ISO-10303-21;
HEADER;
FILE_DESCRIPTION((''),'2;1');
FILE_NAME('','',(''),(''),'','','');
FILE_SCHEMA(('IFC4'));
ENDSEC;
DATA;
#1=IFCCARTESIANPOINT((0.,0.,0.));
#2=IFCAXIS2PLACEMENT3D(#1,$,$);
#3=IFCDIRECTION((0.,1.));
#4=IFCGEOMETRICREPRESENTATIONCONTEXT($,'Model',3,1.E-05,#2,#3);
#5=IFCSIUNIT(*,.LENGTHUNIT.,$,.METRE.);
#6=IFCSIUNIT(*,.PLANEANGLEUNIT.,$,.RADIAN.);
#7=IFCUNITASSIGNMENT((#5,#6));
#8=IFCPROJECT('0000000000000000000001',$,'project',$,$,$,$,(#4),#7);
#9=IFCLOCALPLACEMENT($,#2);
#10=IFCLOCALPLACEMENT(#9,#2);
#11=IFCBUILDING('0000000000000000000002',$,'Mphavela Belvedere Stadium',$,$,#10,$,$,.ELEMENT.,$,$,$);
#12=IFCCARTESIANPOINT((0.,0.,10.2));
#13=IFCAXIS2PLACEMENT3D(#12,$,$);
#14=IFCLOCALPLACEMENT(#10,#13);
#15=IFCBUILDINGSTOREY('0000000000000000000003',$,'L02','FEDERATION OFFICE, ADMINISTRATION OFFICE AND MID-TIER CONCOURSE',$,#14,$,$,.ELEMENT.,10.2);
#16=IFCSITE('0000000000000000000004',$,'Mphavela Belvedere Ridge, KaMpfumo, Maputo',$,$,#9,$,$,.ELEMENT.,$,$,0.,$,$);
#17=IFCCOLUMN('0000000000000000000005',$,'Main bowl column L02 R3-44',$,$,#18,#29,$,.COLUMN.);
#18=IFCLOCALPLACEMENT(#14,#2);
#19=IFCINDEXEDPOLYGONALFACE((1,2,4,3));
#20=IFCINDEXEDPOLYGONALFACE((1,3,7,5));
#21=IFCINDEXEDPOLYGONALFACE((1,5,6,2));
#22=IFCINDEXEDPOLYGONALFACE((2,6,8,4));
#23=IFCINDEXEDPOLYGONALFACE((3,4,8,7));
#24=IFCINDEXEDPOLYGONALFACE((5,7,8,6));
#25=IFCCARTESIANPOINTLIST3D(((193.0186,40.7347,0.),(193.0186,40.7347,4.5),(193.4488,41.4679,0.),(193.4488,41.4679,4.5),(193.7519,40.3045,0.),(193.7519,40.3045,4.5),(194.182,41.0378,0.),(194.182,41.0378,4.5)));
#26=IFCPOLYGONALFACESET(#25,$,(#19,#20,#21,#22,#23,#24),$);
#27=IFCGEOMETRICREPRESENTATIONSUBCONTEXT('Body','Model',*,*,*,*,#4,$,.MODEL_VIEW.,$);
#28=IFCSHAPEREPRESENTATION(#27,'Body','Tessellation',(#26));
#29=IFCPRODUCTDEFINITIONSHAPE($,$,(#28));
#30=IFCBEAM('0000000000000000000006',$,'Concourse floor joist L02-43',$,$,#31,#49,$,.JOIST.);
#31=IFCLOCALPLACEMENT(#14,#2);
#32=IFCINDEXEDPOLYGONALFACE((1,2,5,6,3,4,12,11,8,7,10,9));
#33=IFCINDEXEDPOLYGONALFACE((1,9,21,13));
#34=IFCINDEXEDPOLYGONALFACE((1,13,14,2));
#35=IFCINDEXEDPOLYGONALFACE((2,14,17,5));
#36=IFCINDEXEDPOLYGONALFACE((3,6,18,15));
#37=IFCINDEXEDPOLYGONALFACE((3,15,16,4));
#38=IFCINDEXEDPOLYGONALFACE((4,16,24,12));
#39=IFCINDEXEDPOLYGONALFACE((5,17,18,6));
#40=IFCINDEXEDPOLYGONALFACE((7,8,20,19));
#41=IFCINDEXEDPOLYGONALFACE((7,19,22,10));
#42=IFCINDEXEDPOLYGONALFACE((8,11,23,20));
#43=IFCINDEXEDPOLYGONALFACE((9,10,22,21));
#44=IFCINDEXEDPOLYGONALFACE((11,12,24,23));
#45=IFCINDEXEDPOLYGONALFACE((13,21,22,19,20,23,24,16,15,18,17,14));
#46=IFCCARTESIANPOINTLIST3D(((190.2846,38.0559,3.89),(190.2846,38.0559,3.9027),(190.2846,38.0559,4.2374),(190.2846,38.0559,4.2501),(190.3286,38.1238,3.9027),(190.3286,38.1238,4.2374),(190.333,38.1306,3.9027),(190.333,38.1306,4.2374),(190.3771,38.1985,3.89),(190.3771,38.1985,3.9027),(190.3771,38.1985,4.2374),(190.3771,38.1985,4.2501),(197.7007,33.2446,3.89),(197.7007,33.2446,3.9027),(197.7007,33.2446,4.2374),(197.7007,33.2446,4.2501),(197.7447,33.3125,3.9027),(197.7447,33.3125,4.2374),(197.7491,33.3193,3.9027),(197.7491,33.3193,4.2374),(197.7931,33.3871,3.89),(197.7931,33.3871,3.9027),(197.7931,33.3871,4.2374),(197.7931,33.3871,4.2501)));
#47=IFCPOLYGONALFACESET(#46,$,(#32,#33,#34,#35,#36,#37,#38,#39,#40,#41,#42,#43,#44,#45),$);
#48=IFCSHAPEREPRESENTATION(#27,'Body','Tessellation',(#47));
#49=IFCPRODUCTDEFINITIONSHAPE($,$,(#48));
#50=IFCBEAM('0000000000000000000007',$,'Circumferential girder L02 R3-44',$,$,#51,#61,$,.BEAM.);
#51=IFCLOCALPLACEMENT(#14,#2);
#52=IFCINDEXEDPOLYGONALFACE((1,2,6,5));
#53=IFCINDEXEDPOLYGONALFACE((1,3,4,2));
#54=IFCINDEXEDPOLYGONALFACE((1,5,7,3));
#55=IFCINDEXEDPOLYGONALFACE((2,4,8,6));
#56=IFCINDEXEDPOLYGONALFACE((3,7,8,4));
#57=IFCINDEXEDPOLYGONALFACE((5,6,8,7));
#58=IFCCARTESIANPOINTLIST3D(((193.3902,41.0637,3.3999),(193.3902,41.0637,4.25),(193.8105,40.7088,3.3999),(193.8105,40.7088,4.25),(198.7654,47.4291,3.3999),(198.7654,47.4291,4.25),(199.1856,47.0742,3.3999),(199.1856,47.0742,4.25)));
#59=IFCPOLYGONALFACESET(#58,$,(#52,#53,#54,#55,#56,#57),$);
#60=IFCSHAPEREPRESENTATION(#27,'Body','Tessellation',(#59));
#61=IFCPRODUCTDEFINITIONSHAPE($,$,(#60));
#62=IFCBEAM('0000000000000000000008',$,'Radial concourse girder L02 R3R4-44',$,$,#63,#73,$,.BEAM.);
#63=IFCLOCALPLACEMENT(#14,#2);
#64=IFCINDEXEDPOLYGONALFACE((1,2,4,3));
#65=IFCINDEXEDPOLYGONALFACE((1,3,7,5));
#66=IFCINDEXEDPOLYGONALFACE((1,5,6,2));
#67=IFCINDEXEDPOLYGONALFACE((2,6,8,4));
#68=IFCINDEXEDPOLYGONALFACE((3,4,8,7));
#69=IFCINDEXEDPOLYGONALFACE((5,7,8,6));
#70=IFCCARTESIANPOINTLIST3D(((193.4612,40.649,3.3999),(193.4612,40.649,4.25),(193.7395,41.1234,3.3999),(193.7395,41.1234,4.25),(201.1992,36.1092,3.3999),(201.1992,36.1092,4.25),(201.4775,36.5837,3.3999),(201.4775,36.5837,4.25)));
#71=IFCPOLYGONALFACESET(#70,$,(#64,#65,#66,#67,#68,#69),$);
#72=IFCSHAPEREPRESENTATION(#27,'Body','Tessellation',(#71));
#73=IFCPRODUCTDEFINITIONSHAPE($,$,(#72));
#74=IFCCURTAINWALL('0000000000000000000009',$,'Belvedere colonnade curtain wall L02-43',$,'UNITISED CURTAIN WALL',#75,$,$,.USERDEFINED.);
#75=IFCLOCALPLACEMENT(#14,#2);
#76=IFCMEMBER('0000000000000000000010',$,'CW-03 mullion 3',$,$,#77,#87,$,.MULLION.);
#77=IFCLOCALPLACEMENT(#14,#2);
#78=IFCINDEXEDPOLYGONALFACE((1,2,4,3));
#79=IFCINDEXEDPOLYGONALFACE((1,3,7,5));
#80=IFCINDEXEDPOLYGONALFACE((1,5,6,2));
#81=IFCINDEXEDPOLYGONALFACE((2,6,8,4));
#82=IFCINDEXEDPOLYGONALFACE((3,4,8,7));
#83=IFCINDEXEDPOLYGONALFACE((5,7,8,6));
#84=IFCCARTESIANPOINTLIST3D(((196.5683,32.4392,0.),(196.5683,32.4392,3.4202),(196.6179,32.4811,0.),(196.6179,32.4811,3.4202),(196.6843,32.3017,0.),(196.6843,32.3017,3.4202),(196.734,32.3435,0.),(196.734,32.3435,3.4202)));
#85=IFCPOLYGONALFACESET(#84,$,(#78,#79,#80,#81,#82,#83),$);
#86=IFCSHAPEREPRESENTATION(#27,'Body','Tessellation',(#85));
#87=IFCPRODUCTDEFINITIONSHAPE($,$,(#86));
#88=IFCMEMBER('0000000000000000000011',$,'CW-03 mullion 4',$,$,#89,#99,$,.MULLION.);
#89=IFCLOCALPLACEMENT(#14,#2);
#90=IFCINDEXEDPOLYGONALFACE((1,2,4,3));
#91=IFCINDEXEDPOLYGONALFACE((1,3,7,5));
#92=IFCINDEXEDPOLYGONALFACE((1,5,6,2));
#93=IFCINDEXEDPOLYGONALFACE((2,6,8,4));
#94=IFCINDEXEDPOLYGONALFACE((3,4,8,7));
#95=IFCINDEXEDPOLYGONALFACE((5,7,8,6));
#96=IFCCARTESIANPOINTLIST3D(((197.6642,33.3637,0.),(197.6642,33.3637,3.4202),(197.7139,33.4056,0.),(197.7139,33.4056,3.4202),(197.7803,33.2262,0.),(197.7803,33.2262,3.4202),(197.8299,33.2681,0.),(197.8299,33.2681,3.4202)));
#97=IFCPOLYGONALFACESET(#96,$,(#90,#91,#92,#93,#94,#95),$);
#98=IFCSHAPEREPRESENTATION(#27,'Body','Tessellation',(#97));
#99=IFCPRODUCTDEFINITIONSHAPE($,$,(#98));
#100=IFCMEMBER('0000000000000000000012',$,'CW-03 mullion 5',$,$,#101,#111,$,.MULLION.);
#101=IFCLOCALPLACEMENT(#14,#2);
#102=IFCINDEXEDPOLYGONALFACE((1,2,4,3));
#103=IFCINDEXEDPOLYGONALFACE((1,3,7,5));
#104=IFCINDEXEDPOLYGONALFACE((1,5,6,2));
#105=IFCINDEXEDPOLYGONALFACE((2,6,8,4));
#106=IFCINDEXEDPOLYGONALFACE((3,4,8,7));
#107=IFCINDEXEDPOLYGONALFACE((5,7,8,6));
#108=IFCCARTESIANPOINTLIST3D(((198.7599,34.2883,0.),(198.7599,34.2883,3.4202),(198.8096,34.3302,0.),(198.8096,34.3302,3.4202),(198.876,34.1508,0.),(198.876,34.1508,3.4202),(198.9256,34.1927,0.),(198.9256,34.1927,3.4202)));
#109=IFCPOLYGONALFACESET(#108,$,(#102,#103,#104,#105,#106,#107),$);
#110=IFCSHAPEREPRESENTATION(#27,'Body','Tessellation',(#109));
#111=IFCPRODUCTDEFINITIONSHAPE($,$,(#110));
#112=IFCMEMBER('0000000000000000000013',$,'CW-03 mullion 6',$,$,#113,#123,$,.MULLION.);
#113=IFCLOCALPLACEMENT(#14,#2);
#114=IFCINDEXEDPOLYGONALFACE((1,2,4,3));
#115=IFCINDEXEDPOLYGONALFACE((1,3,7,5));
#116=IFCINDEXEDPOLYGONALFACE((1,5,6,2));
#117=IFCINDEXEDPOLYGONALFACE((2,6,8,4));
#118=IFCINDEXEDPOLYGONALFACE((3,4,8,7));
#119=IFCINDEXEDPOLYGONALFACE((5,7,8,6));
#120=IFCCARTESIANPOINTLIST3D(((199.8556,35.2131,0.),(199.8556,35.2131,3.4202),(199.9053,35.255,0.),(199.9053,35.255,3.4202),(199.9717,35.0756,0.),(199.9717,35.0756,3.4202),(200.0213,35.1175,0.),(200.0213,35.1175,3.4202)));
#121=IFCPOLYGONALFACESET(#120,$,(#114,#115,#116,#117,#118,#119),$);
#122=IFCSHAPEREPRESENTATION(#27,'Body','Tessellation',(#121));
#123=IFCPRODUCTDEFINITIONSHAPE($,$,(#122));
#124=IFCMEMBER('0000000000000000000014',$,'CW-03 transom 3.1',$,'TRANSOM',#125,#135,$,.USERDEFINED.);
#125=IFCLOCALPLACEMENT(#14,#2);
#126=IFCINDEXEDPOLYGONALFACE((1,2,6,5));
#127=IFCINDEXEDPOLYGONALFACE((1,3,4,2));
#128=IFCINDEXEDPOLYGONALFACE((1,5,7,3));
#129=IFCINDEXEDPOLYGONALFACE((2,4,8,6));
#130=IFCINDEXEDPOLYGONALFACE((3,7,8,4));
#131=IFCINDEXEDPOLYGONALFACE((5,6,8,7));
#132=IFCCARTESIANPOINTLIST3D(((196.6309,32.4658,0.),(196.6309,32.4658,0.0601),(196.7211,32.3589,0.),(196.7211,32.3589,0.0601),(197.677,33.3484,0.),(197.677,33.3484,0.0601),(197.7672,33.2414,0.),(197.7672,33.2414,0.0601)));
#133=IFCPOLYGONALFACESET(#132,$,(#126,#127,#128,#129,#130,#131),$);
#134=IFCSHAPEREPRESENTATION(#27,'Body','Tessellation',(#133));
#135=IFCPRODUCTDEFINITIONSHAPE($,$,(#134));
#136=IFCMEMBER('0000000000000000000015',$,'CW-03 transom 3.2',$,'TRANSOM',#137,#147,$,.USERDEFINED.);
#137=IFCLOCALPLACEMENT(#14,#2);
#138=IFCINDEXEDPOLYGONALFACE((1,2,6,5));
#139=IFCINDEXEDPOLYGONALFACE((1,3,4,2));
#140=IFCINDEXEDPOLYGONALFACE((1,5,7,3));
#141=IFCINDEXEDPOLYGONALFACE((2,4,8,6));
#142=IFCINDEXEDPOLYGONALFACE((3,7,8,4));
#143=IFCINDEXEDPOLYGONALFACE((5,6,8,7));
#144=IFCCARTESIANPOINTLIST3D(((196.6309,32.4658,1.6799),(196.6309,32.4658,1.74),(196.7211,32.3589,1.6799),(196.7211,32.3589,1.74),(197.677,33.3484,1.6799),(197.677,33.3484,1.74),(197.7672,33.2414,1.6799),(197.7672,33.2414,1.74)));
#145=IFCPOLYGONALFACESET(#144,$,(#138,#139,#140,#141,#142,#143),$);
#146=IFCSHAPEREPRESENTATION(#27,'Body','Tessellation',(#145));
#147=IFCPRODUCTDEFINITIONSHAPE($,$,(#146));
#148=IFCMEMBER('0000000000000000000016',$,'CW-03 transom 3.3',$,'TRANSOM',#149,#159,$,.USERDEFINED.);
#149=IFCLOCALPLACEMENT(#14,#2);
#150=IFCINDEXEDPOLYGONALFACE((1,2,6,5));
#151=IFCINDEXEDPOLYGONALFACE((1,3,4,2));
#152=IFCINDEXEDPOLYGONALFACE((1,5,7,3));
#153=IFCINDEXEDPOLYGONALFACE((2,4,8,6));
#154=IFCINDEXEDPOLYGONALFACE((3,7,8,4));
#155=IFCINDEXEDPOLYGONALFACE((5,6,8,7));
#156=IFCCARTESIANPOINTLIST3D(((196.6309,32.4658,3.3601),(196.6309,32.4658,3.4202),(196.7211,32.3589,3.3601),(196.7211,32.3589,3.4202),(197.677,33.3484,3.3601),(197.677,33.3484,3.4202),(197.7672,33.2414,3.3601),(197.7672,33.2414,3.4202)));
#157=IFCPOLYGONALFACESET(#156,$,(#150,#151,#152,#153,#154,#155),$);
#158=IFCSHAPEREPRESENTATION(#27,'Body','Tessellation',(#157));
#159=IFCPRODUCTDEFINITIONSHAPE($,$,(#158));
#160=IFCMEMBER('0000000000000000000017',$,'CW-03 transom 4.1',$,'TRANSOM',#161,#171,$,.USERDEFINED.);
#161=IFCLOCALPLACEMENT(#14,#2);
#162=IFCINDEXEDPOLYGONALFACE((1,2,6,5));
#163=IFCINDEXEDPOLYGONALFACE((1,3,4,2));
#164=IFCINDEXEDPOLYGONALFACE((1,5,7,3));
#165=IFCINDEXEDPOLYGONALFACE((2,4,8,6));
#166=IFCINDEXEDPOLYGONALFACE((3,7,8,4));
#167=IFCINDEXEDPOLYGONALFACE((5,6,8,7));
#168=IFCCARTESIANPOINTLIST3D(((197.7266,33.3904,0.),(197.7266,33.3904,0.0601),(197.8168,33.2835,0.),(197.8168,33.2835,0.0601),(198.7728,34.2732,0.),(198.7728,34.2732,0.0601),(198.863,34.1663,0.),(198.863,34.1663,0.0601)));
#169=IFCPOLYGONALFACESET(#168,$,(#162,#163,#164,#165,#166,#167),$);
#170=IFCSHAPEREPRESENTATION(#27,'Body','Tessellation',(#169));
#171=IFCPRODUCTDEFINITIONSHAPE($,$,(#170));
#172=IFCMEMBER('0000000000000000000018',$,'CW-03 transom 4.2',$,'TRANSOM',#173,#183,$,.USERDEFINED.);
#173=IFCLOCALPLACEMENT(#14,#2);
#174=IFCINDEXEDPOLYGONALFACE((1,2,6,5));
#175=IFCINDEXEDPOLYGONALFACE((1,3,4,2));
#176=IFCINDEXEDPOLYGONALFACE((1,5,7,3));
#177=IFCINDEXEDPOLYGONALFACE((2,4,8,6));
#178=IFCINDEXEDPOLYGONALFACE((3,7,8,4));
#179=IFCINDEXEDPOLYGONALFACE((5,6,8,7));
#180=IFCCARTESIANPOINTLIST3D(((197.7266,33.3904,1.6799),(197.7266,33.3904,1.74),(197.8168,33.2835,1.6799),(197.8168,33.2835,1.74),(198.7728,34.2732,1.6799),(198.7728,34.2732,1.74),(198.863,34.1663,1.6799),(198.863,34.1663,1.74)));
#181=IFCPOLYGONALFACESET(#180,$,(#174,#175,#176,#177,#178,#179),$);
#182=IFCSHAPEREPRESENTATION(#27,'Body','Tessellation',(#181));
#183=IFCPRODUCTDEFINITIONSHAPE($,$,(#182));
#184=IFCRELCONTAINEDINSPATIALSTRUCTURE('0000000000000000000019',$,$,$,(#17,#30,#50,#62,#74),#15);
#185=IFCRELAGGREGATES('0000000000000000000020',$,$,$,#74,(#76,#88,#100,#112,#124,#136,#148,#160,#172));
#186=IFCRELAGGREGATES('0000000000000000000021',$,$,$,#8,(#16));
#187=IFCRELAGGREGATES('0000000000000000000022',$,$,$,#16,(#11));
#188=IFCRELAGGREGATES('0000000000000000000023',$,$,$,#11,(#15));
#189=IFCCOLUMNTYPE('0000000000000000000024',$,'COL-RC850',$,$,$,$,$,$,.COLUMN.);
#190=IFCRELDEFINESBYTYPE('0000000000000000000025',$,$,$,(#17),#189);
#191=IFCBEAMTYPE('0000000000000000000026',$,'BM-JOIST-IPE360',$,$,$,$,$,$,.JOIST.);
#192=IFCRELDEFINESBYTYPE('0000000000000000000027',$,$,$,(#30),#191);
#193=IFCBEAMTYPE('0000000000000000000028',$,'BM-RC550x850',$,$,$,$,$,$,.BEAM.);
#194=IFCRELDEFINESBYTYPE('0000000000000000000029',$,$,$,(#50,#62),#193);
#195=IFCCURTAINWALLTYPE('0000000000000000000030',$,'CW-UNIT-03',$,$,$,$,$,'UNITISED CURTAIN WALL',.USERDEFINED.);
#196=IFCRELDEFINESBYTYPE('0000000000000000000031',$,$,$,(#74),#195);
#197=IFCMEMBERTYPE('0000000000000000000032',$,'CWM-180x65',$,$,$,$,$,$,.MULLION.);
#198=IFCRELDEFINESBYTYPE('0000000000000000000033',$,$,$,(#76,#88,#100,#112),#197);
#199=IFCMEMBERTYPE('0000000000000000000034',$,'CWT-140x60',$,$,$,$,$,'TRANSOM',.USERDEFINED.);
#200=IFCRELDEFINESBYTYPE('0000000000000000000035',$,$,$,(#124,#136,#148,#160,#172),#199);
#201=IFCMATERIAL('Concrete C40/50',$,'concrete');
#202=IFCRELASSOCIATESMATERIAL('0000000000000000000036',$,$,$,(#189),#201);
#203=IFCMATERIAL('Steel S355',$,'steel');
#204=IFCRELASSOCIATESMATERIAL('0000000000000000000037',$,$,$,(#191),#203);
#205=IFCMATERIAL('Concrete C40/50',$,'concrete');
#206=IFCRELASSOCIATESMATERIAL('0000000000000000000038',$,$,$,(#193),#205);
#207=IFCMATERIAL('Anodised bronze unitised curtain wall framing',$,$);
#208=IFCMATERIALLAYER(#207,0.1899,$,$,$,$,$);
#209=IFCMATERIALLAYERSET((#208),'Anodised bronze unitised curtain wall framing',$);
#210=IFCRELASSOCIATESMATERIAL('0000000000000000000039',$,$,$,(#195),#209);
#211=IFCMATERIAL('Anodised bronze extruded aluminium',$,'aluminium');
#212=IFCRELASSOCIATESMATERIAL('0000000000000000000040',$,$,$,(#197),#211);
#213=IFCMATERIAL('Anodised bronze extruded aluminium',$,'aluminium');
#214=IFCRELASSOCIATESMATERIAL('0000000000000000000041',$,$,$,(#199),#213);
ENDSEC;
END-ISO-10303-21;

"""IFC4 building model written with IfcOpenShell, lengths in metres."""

from ifc_helpers import new_model, si_unit, direction, frame, origin, origin_2d, place, context, subcontext, project, spatial, rectangle, i_section, extrude, material, layer, layer_set, material_profile, profile_set, type_object, element, aggregate, save


model = new_model("IFC4")

# Units and contexts
model_context = context("Model", 3, precision=1e-05, world=origin(), true_north=direction((0.0, 1.0)))
body_context = subcontext(model_context, "Body", "Model", "MODEL_VIEW")
ifc_project = project(units=[si_unit("LENGTHUNIT", "METRE"), si_unit("PLANEANGLEUNIT", "RADIAN")], contexts=[model_context])

# Site, building, storey
site_placement = place(None, origin())
site = spatial("IfcSite", under=ifc_project, at=site_placement, Name="Mphavela Belvedere Ridge, KaMpfumo, Maputo", CompositionType="ELEMENT", RefElevation=0.0)
building_placement = place(site_placement, origin())
building = spatial("IfcBuilding", under=site, at=building_placement, Name="Mphavela Belvedere Stadium", CompositionType="ELEMENT")
storey_placement = place(building_placement, frame((0.0, 0.0, 10.2)))
storey = spatial("IfcBuildingStorey", under=building, at=storey_placement, Name="L02", Description="FEDERATION OFFICE, ADMINISTRATION OFFICE AND MID-TIER CONCOURSE", CompositionType="ELEMENT", Elevation=10.2)

# Column
ifc_material_1 = material(Name="Concrete C40/50", Category="concrete")
ifc_material_profile_1 = material_profile(ifc_material_1, rectangle(XDim=0.8501, YDim=0.8501, at=origin_2d()), Name="RC 850x850")
ifc_profile_set_1 = profile_set([ifc_material_profile_1], Name="Concrete C40/50")
column_type = type_object("IfcColumnType", Name="COL-RC850", PredefinedType="COLUMN", material=ifc_profile_set_1)
column_placement = place(storey_placement, frame((193.6003, 40.8862, 0.0), z_axis=(0.0, 0.0, 1.0), x_axis=(0.862514, -0.506034, 0.0)))
element("IfcColumn", 1, at=column_placement, inside=storey, type_object=column_type, Name="Main bowl column L02 R3-44", PredefinedType="COLUMN", context=body_context, shape_type="SweptSolid", body=[
    extrude(rectangle(XDim=0.8501, YDim=0.8501, at=origin_2d()), origin(), (0.0, 0.0, 1.0), 4.5),
])

# Beams
ifc_material_2 = material(Name="Steel S355", Category="steel")
ifc_material_profile_2 = material_profile(ifc_material_2, i_section(OverallWidth=0.1699, OverallDepth=0.3601, WebThickness=0.0081, FlangeThickness=0.0127, at=origin_2d()), Name="IPE 360")
ifc_profile_set_2 = profile_set([ifc_material_profile_2], Name="Steel S355")
beam_type_1 = type_object("IfcBeamType", Name="BM-JOIST-IPE360", PredefinedType="JOIST", material=ifc_profile_set_2)
beam_1_placement = place(storey_placement, frame((190.3308, 38.1272, 4.0701), z_axis=(0.838915, -0.544262, 0.0), x_axis=(0.544262, 0.838915, 0.0)))
element("IfcBeam", 2, at=beam_1_placement, inside=storey, type_object=beam_type_1, Name="Concourse floor joist L02-43", PredefinedType="JOIST", context=body_context, shape_type="SweptSolid", body=[
    extrude(i_section(OverallWidth=0.1699, OverallDepth=0.3601, WebThickness=0.0081, FlangeThickness=0.0127, at=origin_2d()), origin(), (0.0, 0.0, 1.0), 8.8401),
])
ifc_material_3 = material(Name="Concrete C40/50", Category="concrete")
ifc_material_profile_3 = material_profile(ifc_material_3, rectangle(XDim=0.55, YDim=0.8501, at=origin_2d()), Name="RC 550x850")
ifc_profile_set_3 = profile_set([ifc_material_profile_3], Name="Concrete C40/50")
beam_type_2 = type_object("IfcBeamType", Name="BM-RC550x850", PredefinedType="BEAM", material=ifc_profile_set_3)
beam_2_placement = place(storey_placement, frame((193.6003, 40.8862, 3.825), z_axis=(0.645177, 0.764033, 0.0), x_axis=(-0.764033, 0.645177, 0.0)))
element("IfcBeam", 3, at=beam_2_placement, inside=storey, type_object=beam_type_2, Name="Circumferential girder L02 R3-44", PredefinedType="BEAM", context=body_context, shape_type="SweptSolid", body=[
    extrude(rectangle(XDim=0.55, YDim=0.8501, at=origin_2d()), origin(), (0.0, 0.0, 1.0), 8.3313),
])
beam_3_placement = place(storey_placement, frame((193.6003, 40.8862, 3.825), z_axis=(0.862518, -0.506027, 0.0), x_axis=(0.506027, 0.862518, 0.0)))
element("IfcBeam", 4, at=beam_3_placement, inside=storey, type_object=beam_type_2, Name="Radial concourse girder L02 R3R4-44", PredefinedType="BEAM", context=body_context, shape_type="SweptSolid", body=[
    extrude(rectangle(XDim=0.55, YDim=0.8501, at=origin_2d()), origin(), (0.0, 0.0, 1.0), 8.9714),
])

# Curtain wall, members
ifc_material_4 = material(Name="Anodised bronze unitised curtain wall framing")
ifc_layer_1 = layer(ifc_material_4, 0.1899)
ifc_layer_set_1 = layer_set([ifc_layer_1], Name="Anodised bronze unitised curtain wall framing")
curtain_wall_type = type_object("IfcCurtainWallType", Name="CW-UNIT-03", ElementType="UNITISED CURTAIN WALL", PredefinedType="USERDEFINED", material=ifc_layer_set_1)
curtain_wall_placement = place(storey_placement, origin())
curtain_wall = element("IfcCurtainWall", 5, at=curtain_wall_placement, inside=storey, type_object=curtain_wall_type, Name="Belvedere colonnade curtain wall L02-43", ObjectType="UNITISED CURTAIN WALL", PredefinedType="USERDEFINED")
ifc_material_5 = material(Name="Anodised bronze extruded aluminium", Category="aluminium")
ifc_material_profile_4 = material_profile(ifc_material_5, rectangle(XDim=0.1799, YDim=0.0649, at=origin_2d()), Name="CW-MUL 180x65")
ifc_profile_set_4 = profile_set([ifc_material_profile_4], Name="Anodised bronze extruded aluminium")
member_type_1 = type_object("IfcMemberType", Name="CWM-180x65", PredefinedType="MULLION", material=ifc_profile_set_4)
member_1_placement = place(storey_placement, frame((196.6511, 32.3914, 0.0), z_axis=(0.0, 0.0, 1.0), x_axis=(-0.644907, 0.764261, 0.0)))
member_1 = element("IfcMember", 6, at=member_1_placement, type_object=member_type_1, Name="CW-03 mullion 3", PredefinedType="MULLION", context=body_context, shape_type="SweptSolid", body=[
    extrude(rectangle(XDim=0.1799, YDim=0.0649, at=origin_2d()), origin(), (0.0, 0.0, 1.0), 3.4202),
])
member_2_placement = place(storey_placement, frame((197.7471, 33.3159, 0.0), z_axis=(0.0, 0.0, 1.0), x_axis=(-0.644907, 0.764261, 0.0)))
member_2 = element("IfcMember", 7, at=member_2_placement, type_object=member_type_1, Name="CW-03 mullion 4", PredefinedType="MULLION", context=body_context, shape_type="SweptSolid", body=[
    extrude(rectangle(XDim=0.1799, YDim=0.0649, at=origin_2d()), origin(), (0.0, 0.0, 1.0), 3.4202),
])
member_3_placement = place(storey_placement, frame((198.8428, 34.2405, 0.0), z_axis=(0.0, 0.0, 1.0), x_axis=(-0.644907, 0.764261, 0.0)))
member_3 = element("IfcMember", 8, at=member_3_placement, type_object=member_type_1, Name="CW-03 mullion 5", PredefinedType="MULLION", context=body_context, shape_type="SweptSolid", body=[
    extrude(rectangle(XDim=0.1799, YDim=0.0649, at=origin_2d()), origin(), (0.0, 0.0, 1.0), 3.4202),
])
member_4_placement = place(storey_placement, frame((199.9385, 35.1653, 0.0), z_axis=(0.0, 0.0, 1.0), x_axis=(-0.644907, 0.764261, 0.0)))
member_4 = element("IfcMember", 9, at=member_4_placement, type_object=member_type_1, Name="CW-03 mullion 6", PredefinedType="MULLION", context=body_context, shape_type="SweptSolid", body=[
    extrude(rectangle(XDim=0.1799, YDim=0.0649, at=origin_2d()), origin(), (0.0, 0.0, 1.0), 3.4202),
])
ifc_material_6 = material(Name="Anodised bronze extruded aluminium", Category="aluminium")
ifc_material_profile_5 = material_profile(ifc_material_6, rectangle(XDim=0.1399, YDim=0.0601, at=origin_2d()), Name="CW-TRN 140x60")
ifc_profile_set_5 = profile_set([ifc_material_profile_5], Name="Anodised bronze extruded aluminium")
member_type_2 = type_object("IfcMemberType", Name="CWT-140x60", ElementType="TRANSOM", PredefinedType="USERDEFINED", material=ifc_profile_set_5)
member_5_placement = place(storey_placement, frame((196.676, 32.4124, 0.03), z_axis=(0.764333, 0.644822, 0.0), x_axis=(-0.644822, 0.764333, 0.0)))
member_5 = element("IfcMember", 10, at=member_5_placement, type_object=member_type_2, Name="CW-03 transom 3.1", ObjectType="TRANSOM", PredefinedType="USERDEFINED", context=body_context, shape_type="SweptSolid", body=[
    extrude(rectangle(XDim=0.1399, YDim=0.0601, at=origin_2d()), origin(), (0.0, 0.0, 1.0), 1.3687),
])
member_6_placement = place(storey_placement, frame((196.676, 32.4124, 1.71), z_axis=(0.764333, 0.644822, 0.0), x_axis=(-0.644822, 0.764333, 0.0)))
member_6 = element("IfcMember", 11, at=member_6_placement, type_object=member_type_2, Name="CW-03 transom 3.2", ObjectType="TRANSOM", PredefinedType="USERDEFINED", context=body_context, shape_type="SweptSolid", body=[
    extrude(rectangle(XDim=0.1399, YDim=0.0601, at=origin_2d()), origin(), (0.0, 0.0, 1.0), 1.3687),
])
member_7_placement = place(storey_placement, frame((196.676, 32.4124, 3.3901), z_axis=(0.764333, 0.644822, 0.0), x_axis=(-0.644822, 0.764333, 0.0)))
member_7 = element("IfcMember", 12, at=member_7_placement, type_object=member_type_2, Name="CW-03 transom 3.3", ObjectType="TRANSOM", PredefinedType="USERDEFINED", context=body_context, shape_type="SweptSolid", body=[
    extrude(rectangle(XDim=0.1399, YDim=0.0601, at=origin_2d()), origin(), (0.0, 0.0, 1.0), 1.3687),
])
member_8_placement = place(storey_placement, frame((197.7717, 33.3369, 0.03), z_axis=(0.764245, 0.644926, 0.0), x_axis=(-0.644926, 0.764245, 0.0)))
member_8 = element("IfcMember", 13, at=member_8_placement, type_object=member_type_2, Name="CW-03 transom 4.1", ObjectType="TRANSOM", PredefinedType="USERDEFINED", context=body_context, shape_type="SweptSolid", body=[
    extrude(rectangle(XDim=0.1399, YDim=0.0601, at=origin_2d()), origin(), (0.0, 0.0, 1.0), 1.3689),
])
member_9_placement = place(storey_placement, frame((197.7717, 33.3369, 1.71), z_axis=(0.764245, 0.644926, 0.0), x_axis=(-0.644926, 0.764245, 0.0)))
member_9 = element("IfcMember", 14, at=member_9_placement, type_object=member_type_2, Name="CW-03 transom 4.2", ObjectType="TRANSOM", PredefinedType="USERDEFINED", context=body_context, shape_type="SweptSolid", body=[
    extrude(rectangle(XDim=0.1399, YDim=0.0601, at=origin_2d()), origin(), (0.0, 0.0, 1.0), 1.3689),
])
aggregate(curtain_wall, [member_1, member_2, member_3, member_4, member_5, member_6, member_7, member_8, member_9])

save(model, "model.ifc")
